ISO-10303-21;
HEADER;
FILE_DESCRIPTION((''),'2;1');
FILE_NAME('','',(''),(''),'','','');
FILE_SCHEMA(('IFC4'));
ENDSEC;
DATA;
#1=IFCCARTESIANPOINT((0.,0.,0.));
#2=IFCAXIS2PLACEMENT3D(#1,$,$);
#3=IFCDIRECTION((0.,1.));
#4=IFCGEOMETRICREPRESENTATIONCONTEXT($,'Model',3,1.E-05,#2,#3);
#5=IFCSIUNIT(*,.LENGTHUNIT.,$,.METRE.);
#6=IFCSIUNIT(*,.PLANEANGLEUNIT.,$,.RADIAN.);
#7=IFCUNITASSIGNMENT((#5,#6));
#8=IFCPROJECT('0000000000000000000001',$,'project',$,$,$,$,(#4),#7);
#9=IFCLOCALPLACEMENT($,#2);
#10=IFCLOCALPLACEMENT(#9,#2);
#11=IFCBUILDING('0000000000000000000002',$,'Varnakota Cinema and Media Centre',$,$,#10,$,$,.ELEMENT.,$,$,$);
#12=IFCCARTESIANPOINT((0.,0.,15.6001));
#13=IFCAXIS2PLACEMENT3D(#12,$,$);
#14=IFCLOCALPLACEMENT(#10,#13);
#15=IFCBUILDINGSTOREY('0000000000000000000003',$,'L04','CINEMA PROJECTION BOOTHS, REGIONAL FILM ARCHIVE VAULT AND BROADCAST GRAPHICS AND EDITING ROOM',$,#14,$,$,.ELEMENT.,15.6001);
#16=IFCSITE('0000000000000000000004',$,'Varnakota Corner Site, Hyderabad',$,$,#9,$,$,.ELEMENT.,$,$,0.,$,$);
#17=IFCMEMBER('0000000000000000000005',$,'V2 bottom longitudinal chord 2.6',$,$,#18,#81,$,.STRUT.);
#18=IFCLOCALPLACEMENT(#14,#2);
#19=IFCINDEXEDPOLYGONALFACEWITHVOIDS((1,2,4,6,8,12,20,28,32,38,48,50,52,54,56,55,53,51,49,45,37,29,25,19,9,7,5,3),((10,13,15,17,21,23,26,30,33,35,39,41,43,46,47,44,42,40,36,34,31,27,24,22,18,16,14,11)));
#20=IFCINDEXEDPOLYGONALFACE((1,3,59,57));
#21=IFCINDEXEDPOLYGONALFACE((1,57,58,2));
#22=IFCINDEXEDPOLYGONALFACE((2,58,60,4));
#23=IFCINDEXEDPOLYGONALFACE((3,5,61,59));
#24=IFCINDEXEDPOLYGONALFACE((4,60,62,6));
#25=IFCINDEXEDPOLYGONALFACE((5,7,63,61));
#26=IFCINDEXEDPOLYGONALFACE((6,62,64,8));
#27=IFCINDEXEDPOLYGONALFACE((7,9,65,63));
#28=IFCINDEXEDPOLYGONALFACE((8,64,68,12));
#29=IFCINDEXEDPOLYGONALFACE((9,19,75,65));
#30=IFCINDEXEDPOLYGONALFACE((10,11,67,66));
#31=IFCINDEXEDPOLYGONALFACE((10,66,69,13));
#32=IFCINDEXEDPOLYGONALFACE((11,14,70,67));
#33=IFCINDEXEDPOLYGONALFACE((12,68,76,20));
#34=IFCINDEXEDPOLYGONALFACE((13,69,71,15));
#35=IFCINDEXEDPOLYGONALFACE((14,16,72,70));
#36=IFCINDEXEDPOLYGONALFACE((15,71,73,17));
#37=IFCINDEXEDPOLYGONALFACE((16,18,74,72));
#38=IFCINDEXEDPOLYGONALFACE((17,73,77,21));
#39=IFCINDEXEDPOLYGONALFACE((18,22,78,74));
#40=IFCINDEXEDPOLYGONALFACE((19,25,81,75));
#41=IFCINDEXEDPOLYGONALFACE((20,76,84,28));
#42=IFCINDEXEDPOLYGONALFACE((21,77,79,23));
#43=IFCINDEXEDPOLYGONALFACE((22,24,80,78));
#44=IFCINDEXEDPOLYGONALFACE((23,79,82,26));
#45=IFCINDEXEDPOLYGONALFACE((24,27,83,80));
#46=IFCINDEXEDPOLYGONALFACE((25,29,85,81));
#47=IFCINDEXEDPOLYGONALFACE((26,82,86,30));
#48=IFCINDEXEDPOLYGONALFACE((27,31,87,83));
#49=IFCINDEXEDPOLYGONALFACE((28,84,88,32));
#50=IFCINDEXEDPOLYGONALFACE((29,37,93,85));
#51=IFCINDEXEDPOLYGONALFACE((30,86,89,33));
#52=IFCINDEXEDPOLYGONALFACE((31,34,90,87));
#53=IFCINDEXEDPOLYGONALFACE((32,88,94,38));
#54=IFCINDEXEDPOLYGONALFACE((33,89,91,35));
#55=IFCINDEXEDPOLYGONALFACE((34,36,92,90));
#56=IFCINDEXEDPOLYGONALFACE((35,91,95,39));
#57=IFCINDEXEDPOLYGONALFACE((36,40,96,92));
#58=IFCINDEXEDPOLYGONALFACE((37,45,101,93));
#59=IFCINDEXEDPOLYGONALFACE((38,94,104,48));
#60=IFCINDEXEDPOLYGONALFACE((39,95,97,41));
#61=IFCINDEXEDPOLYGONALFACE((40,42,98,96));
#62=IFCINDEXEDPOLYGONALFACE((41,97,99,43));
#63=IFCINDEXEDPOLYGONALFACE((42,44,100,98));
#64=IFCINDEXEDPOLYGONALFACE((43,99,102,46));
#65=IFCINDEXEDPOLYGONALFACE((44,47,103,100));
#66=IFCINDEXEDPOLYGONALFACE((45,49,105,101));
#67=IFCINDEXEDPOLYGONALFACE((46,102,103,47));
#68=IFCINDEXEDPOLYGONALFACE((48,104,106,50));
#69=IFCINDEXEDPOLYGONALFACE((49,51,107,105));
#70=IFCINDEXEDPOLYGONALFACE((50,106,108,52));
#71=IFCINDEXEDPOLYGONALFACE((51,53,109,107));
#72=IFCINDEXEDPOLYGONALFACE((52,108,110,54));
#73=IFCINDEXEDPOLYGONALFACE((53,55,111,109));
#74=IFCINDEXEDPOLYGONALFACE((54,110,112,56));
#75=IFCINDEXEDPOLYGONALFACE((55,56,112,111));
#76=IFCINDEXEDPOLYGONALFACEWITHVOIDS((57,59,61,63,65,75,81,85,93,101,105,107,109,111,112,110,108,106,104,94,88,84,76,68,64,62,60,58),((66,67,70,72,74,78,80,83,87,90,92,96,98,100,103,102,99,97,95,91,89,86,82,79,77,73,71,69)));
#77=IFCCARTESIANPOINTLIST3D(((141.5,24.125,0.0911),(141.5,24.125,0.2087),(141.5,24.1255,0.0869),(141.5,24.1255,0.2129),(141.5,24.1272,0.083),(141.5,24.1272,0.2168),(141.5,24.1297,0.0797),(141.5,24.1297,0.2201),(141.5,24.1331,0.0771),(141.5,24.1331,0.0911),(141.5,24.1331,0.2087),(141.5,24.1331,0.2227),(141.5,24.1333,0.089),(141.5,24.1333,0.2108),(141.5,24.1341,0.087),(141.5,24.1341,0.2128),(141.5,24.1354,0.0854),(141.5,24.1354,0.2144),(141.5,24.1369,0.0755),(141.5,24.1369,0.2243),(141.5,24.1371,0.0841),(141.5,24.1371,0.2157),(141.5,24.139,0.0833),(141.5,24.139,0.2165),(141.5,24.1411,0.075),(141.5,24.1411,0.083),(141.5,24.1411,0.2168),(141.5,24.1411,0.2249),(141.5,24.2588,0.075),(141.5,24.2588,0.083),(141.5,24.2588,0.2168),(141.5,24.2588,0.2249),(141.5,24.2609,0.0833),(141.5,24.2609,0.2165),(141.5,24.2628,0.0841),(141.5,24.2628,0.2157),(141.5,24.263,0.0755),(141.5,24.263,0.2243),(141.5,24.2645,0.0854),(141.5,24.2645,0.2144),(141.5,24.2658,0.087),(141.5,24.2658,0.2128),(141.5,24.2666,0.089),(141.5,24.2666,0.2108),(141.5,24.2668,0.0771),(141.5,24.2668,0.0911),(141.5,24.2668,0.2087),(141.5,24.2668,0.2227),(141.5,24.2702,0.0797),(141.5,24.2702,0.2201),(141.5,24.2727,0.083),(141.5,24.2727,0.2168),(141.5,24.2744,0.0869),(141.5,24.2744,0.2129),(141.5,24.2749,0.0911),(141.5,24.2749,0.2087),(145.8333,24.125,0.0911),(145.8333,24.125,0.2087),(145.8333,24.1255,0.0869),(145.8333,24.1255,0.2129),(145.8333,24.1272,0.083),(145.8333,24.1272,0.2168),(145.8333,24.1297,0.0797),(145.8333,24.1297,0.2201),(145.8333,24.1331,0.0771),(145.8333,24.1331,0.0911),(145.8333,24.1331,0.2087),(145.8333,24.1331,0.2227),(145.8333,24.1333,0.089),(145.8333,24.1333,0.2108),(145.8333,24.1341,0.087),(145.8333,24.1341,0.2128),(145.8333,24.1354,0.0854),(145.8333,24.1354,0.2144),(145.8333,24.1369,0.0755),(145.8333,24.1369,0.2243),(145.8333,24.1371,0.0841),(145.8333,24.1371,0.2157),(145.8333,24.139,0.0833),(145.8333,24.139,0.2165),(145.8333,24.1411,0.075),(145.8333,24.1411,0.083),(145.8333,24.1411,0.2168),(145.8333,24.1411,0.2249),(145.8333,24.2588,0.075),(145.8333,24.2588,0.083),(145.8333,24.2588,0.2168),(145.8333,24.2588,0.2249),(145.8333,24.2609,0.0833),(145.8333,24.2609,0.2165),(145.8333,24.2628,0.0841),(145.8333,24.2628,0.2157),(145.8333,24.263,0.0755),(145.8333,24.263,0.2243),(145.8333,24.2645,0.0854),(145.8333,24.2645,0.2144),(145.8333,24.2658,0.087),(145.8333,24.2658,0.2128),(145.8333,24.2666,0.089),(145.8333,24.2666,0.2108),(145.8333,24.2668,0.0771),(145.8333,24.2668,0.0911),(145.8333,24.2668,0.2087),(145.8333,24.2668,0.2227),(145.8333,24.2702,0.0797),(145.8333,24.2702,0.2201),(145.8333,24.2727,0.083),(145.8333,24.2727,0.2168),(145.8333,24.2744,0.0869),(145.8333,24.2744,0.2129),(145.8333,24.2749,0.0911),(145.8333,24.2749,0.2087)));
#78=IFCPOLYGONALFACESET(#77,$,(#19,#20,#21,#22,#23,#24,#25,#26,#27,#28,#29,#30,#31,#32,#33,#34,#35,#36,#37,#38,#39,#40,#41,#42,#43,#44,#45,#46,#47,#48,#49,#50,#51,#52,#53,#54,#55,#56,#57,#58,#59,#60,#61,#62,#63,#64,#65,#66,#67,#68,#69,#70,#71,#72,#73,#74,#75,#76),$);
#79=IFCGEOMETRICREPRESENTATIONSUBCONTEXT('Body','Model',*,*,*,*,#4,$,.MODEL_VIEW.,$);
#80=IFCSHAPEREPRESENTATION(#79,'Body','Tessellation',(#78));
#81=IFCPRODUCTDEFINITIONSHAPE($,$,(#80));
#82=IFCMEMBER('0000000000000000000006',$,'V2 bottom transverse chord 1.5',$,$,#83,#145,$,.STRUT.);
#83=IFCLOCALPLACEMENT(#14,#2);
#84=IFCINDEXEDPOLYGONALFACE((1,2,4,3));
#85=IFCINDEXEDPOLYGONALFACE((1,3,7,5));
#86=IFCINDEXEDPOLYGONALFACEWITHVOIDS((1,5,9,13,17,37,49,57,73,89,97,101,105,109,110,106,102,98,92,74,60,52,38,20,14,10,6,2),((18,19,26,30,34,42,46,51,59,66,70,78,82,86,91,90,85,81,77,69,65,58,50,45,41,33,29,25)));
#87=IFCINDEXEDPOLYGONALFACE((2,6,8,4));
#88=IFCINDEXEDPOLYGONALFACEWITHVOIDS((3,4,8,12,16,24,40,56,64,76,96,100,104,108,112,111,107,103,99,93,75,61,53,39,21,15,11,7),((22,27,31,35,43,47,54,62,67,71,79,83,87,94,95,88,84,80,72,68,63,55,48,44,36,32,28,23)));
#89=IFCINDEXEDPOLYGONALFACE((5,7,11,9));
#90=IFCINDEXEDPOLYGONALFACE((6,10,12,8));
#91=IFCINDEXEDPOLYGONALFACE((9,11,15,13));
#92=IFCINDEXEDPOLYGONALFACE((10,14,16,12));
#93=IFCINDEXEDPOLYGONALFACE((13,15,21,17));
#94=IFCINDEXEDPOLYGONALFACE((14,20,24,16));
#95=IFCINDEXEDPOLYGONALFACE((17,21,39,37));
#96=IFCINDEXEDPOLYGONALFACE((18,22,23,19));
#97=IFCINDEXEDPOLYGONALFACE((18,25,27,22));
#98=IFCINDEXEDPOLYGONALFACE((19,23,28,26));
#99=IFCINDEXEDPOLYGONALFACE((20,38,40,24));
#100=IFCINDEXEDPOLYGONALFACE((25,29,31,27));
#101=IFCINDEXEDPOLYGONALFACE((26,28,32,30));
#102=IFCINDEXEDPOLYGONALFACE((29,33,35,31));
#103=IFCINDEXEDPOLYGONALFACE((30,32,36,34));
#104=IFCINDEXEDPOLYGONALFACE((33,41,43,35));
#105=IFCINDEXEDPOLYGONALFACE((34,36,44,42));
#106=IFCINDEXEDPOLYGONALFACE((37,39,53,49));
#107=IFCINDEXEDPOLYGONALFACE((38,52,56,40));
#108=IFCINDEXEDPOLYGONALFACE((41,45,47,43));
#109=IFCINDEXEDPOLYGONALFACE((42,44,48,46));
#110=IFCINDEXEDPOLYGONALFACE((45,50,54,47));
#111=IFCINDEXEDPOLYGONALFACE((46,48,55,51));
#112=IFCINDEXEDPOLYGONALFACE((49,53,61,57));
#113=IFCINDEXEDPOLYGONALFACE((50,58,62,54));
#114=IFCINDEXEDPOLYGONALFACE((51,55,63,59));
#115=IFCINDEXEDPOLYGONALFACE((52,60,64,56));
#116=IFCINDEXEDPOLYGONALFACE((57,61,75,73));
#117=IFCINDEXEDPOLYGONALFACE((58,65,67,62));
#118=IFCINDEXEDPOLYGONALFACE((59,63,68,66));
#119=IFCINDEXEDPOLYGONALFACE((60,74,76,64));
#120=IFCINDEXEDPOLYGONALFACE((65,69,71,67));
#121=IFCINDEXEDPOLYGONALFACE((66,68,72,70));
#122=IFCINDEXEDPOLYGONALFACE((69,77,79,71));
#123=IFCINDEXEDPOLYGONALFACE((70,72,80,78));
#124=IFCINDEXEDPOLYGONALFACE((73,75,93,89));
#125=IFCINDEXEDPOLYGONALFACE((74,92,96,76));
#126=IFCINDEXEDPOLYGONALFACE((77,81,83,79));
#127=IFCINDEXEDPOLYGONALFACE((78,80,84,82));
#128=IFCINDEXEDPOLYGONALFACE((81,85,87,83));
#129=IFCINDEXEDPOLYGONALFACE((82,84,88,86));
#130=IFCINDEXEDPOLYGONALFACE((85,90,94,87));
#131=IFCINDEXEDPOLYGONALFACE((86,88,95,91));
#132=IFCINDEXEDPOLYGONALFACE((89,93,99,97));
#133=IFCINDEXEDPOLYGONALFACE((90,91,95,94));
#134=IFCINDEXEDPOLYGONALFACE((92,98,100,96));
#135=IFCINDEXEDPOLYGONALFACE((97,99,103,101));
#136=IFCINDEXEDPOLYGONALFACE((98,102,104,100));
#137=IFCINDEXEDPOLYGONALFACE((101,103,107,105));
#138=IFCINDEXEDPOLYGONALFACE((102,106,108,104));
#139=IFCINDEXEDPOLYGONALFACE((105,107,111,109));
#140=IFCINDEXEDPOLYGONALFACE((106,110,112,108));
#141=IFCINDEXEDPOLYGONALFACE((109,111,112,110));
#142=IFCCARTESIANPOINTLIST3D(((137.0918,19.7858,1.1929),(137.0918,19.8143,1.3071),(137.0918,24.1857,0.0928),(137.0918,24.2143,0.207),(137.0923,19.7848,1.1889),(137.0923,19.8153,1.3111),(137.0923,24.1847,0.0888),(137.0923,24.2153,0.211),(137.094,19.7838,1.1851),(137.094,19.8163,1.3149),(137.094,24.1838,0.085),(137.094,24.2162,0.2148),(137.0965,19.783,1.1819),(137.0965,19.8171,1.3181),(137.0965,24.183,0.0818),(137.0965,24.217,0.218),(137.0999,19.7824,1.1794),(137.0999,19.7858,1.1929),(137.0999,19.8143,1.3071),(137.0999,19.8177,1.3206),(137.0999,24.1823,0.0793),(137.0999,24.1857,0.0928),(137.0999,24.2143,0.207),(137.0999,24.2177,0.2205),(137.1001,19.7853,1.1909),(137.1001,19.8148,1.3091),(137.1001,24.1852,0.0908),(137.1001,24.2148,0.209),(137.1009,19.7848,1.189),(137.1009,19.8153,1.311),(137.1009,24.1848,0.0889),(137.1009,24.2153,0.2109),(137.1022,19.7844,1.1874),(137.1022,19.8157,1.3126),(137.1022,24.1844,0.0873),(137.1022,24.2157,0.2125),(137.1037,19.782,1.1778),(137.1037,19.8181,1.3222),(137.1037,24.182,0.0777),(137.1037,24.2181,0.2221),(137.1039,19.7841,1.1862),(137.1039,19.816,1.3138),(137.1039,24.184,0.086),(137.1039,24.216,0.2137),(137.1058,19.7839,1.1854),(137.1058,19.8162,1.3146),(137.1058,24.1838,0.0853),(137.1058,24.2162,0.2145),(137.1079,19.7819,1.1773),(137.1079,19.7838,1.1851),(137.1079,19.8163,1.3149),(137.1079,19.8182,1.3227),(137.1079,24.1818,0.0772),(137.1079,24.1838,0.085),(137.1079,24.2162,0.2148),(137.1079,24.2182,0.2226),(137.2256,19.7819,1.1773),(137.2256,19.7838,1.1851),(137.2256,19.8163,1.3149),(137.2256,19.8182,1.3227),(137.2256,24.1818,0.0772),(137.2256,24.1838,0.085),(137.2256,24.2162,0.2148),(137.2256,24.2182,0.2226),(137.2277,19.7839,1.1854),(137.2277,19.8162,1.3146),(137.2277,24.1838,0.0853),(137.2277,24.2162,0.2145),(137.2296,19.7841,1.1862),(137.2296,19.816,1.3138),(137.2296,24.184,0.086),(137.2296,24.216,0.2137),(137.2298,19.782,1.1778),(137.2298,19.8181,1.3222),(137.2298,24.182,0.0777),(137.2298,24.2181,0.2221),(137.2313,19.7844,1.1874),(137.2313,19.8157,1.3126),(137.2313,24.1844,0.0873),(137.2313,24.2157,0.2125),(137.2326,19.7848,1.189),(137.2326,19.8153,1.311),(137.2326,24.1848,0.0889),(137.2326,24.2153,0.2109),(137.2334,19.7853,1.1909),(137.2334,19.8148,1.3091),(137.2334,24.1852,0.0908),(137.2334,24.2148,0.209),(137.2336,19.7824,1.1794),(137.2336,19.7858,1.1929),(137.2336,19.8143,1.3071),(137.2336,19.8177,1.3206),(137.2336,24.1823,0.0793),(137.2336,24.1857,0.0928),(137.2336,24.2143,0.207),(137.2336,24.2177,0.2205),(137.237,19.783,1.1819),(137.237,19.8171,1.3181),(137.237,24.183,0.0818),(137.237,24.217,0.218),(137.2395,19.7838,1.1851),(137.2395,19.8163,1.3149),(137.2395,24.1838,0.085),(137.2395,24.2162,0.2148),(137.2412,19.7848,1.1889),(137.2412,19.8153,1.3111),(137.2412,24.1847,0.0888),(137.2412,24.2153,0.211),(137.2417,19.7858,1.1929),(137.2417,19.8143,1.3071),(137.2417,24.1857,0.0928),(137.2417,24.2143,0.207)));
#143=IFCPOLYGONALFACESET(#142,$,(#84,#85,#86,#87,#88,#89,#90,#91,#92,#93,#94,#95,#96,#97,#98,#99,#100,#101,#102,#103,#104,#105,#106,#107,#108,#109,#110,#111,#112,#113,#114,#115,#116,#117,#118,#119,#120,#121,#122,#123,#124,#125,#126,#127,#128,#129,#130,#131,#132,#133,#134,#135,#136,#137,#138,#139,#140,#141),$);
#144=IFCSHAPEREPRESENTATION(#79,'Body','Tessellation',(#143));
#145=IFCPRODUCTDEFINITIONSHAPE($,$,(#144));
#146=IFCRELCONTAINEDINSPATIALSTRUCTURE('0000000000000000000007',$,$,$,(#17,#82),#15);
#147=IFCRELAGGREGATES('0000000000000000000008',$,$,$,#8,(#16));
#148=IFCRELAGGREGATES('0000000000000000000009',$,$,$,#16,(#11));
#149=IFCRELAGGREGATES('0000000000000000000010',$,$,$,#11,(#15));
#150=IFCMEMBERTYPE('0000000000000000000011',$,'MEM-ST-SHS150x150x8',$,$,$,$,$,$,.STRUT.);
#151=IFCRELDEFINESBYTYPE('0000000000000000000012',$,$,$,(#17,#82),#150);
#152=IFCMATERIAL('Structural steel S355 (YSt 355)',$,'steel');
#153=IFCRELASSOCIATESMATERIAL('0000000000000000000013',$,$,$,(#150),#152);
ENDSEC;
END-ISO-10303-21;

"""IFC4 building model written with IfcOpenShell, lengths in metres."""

from ifc_helpers import new_model, si_unit, direction, frame, origin, origin_2d, place, context, subcontext, project, spatial, hollow_rectangle, extrude, material, material_profile, profile_set, type_object, element, save


model = new_model("IFC4")

# Units and contexts
model_context = context("Model", 3, precision=1e-05, world=origin(), true_north=direction((0.0, 1.0)))
body_context = subcontext(model_context, "Body", "Model", "MODEL_VIEW")
ifc_project = project(units=[si_unit("LENGTHUNIT", "METRE"), si_unit("PLANEANGLEUNIT", "RADIAN")], contexts=[model_context])

# Site, building, storey
site_placement = place(None, origin())
site = spatial("IfcSite", under=ifc_project, at=site_placement, Name="Varnakota Corner Site, Hyderabad", CompositionType="ELEMENT", RefElevation=0.0)
building_placement = place(site_placement, origin())
building = spatial("IfcBuilding", under=site, at=building_placement, Name="Varnakota Cinema and Media Centre", CompositionType="ELEMENT")
storey_placement = place(building_placement, frame((0.0, 0.0, 15.6001)))
storey = spatial("IfcBuildingStorey", under=building, at=storey_placement, Name="L04", Description="CINEMA PROJECTION BOOTHS, REGIONAL FILM ARCHIVE VAULT AND BROADCAST GRAPHICS AND EDITING ROOM", CompositionType="ELEMENT", Elevation=15.6001)

# Members
ifc_material_1 = material(Name="Structural steel S355 (YSt 355)", Category="steel")
ifc_material_profile_1 = material_profile(ifc_material_1, hollow_rectangle(XDim=0.1499, YDim=0.1499, WallThickness=0.0081, InnerFilletRadius=0.0081, OuterFilletRadius=0.0161, at=origin_2d()), Name="SHS 150x150x8")
ifc_profile_set_1 = profile_set([ifc_material_profile_1], Name="Structural steel S355 (YSt 355)")
member_type_1 = type_object("IfcMemberType", Name="MEM-ST-SHS150x150x8", PredefinedType="STRUT", material=ifc_profile_set_1)
for number, where, z_axis, x_axis, name in (
    (1, (141.5, 24.2, 0.1499), (1.0, 0.0, 0.0), (0.0, 1.0, 0.0), "V2 bottom longitudinal chord 2.6"),
):
    element("IfcMember", number, at=place(storey_placement, frame(where, z_axis=z_axis, x_axis=x_axis)), inside=storey, type_object=member_type_1, Name=name, PredefinedType="STRUT", context=body_context, shape_type="SweptSolid", body=[
        extrude(hollow_rectangle(XDim=0.1499, YDim=0.1499, WallThickness=0.0081, InnerFilletRadius=0.0081, OuterFilletRadius=0.0161, at=origin_2d()), origin(), (0.0, 0.0, 1.0), 4.3333),
    ])
member_1_placement = place(storey_placement, frame((137.1667, 19.8, 1.25), z_axis=(0.0, 0.970136, -0.242561), x_axis=(-1.0, 0.0, 0.0)))
element("IfcMember", 2, at=member_1_placement, inside=storey, type_object=member_type_1, Name="V2 bottom transverse chord 1.5", PredefinedType="STRUT", context=body_context, shape_type="SweptSolid", body=[
    extrude(hollow_rectangle(XDim=0.1499, YDim=0.1499, WallThickness=0.0081, InnerFilletRadius=0.0081, OuterFilletRadius=0.0161, at=origin_2d()), origin(), (0.0, 0.0, 1.0), 4.5354),
])

save(model, "model.ifc")
